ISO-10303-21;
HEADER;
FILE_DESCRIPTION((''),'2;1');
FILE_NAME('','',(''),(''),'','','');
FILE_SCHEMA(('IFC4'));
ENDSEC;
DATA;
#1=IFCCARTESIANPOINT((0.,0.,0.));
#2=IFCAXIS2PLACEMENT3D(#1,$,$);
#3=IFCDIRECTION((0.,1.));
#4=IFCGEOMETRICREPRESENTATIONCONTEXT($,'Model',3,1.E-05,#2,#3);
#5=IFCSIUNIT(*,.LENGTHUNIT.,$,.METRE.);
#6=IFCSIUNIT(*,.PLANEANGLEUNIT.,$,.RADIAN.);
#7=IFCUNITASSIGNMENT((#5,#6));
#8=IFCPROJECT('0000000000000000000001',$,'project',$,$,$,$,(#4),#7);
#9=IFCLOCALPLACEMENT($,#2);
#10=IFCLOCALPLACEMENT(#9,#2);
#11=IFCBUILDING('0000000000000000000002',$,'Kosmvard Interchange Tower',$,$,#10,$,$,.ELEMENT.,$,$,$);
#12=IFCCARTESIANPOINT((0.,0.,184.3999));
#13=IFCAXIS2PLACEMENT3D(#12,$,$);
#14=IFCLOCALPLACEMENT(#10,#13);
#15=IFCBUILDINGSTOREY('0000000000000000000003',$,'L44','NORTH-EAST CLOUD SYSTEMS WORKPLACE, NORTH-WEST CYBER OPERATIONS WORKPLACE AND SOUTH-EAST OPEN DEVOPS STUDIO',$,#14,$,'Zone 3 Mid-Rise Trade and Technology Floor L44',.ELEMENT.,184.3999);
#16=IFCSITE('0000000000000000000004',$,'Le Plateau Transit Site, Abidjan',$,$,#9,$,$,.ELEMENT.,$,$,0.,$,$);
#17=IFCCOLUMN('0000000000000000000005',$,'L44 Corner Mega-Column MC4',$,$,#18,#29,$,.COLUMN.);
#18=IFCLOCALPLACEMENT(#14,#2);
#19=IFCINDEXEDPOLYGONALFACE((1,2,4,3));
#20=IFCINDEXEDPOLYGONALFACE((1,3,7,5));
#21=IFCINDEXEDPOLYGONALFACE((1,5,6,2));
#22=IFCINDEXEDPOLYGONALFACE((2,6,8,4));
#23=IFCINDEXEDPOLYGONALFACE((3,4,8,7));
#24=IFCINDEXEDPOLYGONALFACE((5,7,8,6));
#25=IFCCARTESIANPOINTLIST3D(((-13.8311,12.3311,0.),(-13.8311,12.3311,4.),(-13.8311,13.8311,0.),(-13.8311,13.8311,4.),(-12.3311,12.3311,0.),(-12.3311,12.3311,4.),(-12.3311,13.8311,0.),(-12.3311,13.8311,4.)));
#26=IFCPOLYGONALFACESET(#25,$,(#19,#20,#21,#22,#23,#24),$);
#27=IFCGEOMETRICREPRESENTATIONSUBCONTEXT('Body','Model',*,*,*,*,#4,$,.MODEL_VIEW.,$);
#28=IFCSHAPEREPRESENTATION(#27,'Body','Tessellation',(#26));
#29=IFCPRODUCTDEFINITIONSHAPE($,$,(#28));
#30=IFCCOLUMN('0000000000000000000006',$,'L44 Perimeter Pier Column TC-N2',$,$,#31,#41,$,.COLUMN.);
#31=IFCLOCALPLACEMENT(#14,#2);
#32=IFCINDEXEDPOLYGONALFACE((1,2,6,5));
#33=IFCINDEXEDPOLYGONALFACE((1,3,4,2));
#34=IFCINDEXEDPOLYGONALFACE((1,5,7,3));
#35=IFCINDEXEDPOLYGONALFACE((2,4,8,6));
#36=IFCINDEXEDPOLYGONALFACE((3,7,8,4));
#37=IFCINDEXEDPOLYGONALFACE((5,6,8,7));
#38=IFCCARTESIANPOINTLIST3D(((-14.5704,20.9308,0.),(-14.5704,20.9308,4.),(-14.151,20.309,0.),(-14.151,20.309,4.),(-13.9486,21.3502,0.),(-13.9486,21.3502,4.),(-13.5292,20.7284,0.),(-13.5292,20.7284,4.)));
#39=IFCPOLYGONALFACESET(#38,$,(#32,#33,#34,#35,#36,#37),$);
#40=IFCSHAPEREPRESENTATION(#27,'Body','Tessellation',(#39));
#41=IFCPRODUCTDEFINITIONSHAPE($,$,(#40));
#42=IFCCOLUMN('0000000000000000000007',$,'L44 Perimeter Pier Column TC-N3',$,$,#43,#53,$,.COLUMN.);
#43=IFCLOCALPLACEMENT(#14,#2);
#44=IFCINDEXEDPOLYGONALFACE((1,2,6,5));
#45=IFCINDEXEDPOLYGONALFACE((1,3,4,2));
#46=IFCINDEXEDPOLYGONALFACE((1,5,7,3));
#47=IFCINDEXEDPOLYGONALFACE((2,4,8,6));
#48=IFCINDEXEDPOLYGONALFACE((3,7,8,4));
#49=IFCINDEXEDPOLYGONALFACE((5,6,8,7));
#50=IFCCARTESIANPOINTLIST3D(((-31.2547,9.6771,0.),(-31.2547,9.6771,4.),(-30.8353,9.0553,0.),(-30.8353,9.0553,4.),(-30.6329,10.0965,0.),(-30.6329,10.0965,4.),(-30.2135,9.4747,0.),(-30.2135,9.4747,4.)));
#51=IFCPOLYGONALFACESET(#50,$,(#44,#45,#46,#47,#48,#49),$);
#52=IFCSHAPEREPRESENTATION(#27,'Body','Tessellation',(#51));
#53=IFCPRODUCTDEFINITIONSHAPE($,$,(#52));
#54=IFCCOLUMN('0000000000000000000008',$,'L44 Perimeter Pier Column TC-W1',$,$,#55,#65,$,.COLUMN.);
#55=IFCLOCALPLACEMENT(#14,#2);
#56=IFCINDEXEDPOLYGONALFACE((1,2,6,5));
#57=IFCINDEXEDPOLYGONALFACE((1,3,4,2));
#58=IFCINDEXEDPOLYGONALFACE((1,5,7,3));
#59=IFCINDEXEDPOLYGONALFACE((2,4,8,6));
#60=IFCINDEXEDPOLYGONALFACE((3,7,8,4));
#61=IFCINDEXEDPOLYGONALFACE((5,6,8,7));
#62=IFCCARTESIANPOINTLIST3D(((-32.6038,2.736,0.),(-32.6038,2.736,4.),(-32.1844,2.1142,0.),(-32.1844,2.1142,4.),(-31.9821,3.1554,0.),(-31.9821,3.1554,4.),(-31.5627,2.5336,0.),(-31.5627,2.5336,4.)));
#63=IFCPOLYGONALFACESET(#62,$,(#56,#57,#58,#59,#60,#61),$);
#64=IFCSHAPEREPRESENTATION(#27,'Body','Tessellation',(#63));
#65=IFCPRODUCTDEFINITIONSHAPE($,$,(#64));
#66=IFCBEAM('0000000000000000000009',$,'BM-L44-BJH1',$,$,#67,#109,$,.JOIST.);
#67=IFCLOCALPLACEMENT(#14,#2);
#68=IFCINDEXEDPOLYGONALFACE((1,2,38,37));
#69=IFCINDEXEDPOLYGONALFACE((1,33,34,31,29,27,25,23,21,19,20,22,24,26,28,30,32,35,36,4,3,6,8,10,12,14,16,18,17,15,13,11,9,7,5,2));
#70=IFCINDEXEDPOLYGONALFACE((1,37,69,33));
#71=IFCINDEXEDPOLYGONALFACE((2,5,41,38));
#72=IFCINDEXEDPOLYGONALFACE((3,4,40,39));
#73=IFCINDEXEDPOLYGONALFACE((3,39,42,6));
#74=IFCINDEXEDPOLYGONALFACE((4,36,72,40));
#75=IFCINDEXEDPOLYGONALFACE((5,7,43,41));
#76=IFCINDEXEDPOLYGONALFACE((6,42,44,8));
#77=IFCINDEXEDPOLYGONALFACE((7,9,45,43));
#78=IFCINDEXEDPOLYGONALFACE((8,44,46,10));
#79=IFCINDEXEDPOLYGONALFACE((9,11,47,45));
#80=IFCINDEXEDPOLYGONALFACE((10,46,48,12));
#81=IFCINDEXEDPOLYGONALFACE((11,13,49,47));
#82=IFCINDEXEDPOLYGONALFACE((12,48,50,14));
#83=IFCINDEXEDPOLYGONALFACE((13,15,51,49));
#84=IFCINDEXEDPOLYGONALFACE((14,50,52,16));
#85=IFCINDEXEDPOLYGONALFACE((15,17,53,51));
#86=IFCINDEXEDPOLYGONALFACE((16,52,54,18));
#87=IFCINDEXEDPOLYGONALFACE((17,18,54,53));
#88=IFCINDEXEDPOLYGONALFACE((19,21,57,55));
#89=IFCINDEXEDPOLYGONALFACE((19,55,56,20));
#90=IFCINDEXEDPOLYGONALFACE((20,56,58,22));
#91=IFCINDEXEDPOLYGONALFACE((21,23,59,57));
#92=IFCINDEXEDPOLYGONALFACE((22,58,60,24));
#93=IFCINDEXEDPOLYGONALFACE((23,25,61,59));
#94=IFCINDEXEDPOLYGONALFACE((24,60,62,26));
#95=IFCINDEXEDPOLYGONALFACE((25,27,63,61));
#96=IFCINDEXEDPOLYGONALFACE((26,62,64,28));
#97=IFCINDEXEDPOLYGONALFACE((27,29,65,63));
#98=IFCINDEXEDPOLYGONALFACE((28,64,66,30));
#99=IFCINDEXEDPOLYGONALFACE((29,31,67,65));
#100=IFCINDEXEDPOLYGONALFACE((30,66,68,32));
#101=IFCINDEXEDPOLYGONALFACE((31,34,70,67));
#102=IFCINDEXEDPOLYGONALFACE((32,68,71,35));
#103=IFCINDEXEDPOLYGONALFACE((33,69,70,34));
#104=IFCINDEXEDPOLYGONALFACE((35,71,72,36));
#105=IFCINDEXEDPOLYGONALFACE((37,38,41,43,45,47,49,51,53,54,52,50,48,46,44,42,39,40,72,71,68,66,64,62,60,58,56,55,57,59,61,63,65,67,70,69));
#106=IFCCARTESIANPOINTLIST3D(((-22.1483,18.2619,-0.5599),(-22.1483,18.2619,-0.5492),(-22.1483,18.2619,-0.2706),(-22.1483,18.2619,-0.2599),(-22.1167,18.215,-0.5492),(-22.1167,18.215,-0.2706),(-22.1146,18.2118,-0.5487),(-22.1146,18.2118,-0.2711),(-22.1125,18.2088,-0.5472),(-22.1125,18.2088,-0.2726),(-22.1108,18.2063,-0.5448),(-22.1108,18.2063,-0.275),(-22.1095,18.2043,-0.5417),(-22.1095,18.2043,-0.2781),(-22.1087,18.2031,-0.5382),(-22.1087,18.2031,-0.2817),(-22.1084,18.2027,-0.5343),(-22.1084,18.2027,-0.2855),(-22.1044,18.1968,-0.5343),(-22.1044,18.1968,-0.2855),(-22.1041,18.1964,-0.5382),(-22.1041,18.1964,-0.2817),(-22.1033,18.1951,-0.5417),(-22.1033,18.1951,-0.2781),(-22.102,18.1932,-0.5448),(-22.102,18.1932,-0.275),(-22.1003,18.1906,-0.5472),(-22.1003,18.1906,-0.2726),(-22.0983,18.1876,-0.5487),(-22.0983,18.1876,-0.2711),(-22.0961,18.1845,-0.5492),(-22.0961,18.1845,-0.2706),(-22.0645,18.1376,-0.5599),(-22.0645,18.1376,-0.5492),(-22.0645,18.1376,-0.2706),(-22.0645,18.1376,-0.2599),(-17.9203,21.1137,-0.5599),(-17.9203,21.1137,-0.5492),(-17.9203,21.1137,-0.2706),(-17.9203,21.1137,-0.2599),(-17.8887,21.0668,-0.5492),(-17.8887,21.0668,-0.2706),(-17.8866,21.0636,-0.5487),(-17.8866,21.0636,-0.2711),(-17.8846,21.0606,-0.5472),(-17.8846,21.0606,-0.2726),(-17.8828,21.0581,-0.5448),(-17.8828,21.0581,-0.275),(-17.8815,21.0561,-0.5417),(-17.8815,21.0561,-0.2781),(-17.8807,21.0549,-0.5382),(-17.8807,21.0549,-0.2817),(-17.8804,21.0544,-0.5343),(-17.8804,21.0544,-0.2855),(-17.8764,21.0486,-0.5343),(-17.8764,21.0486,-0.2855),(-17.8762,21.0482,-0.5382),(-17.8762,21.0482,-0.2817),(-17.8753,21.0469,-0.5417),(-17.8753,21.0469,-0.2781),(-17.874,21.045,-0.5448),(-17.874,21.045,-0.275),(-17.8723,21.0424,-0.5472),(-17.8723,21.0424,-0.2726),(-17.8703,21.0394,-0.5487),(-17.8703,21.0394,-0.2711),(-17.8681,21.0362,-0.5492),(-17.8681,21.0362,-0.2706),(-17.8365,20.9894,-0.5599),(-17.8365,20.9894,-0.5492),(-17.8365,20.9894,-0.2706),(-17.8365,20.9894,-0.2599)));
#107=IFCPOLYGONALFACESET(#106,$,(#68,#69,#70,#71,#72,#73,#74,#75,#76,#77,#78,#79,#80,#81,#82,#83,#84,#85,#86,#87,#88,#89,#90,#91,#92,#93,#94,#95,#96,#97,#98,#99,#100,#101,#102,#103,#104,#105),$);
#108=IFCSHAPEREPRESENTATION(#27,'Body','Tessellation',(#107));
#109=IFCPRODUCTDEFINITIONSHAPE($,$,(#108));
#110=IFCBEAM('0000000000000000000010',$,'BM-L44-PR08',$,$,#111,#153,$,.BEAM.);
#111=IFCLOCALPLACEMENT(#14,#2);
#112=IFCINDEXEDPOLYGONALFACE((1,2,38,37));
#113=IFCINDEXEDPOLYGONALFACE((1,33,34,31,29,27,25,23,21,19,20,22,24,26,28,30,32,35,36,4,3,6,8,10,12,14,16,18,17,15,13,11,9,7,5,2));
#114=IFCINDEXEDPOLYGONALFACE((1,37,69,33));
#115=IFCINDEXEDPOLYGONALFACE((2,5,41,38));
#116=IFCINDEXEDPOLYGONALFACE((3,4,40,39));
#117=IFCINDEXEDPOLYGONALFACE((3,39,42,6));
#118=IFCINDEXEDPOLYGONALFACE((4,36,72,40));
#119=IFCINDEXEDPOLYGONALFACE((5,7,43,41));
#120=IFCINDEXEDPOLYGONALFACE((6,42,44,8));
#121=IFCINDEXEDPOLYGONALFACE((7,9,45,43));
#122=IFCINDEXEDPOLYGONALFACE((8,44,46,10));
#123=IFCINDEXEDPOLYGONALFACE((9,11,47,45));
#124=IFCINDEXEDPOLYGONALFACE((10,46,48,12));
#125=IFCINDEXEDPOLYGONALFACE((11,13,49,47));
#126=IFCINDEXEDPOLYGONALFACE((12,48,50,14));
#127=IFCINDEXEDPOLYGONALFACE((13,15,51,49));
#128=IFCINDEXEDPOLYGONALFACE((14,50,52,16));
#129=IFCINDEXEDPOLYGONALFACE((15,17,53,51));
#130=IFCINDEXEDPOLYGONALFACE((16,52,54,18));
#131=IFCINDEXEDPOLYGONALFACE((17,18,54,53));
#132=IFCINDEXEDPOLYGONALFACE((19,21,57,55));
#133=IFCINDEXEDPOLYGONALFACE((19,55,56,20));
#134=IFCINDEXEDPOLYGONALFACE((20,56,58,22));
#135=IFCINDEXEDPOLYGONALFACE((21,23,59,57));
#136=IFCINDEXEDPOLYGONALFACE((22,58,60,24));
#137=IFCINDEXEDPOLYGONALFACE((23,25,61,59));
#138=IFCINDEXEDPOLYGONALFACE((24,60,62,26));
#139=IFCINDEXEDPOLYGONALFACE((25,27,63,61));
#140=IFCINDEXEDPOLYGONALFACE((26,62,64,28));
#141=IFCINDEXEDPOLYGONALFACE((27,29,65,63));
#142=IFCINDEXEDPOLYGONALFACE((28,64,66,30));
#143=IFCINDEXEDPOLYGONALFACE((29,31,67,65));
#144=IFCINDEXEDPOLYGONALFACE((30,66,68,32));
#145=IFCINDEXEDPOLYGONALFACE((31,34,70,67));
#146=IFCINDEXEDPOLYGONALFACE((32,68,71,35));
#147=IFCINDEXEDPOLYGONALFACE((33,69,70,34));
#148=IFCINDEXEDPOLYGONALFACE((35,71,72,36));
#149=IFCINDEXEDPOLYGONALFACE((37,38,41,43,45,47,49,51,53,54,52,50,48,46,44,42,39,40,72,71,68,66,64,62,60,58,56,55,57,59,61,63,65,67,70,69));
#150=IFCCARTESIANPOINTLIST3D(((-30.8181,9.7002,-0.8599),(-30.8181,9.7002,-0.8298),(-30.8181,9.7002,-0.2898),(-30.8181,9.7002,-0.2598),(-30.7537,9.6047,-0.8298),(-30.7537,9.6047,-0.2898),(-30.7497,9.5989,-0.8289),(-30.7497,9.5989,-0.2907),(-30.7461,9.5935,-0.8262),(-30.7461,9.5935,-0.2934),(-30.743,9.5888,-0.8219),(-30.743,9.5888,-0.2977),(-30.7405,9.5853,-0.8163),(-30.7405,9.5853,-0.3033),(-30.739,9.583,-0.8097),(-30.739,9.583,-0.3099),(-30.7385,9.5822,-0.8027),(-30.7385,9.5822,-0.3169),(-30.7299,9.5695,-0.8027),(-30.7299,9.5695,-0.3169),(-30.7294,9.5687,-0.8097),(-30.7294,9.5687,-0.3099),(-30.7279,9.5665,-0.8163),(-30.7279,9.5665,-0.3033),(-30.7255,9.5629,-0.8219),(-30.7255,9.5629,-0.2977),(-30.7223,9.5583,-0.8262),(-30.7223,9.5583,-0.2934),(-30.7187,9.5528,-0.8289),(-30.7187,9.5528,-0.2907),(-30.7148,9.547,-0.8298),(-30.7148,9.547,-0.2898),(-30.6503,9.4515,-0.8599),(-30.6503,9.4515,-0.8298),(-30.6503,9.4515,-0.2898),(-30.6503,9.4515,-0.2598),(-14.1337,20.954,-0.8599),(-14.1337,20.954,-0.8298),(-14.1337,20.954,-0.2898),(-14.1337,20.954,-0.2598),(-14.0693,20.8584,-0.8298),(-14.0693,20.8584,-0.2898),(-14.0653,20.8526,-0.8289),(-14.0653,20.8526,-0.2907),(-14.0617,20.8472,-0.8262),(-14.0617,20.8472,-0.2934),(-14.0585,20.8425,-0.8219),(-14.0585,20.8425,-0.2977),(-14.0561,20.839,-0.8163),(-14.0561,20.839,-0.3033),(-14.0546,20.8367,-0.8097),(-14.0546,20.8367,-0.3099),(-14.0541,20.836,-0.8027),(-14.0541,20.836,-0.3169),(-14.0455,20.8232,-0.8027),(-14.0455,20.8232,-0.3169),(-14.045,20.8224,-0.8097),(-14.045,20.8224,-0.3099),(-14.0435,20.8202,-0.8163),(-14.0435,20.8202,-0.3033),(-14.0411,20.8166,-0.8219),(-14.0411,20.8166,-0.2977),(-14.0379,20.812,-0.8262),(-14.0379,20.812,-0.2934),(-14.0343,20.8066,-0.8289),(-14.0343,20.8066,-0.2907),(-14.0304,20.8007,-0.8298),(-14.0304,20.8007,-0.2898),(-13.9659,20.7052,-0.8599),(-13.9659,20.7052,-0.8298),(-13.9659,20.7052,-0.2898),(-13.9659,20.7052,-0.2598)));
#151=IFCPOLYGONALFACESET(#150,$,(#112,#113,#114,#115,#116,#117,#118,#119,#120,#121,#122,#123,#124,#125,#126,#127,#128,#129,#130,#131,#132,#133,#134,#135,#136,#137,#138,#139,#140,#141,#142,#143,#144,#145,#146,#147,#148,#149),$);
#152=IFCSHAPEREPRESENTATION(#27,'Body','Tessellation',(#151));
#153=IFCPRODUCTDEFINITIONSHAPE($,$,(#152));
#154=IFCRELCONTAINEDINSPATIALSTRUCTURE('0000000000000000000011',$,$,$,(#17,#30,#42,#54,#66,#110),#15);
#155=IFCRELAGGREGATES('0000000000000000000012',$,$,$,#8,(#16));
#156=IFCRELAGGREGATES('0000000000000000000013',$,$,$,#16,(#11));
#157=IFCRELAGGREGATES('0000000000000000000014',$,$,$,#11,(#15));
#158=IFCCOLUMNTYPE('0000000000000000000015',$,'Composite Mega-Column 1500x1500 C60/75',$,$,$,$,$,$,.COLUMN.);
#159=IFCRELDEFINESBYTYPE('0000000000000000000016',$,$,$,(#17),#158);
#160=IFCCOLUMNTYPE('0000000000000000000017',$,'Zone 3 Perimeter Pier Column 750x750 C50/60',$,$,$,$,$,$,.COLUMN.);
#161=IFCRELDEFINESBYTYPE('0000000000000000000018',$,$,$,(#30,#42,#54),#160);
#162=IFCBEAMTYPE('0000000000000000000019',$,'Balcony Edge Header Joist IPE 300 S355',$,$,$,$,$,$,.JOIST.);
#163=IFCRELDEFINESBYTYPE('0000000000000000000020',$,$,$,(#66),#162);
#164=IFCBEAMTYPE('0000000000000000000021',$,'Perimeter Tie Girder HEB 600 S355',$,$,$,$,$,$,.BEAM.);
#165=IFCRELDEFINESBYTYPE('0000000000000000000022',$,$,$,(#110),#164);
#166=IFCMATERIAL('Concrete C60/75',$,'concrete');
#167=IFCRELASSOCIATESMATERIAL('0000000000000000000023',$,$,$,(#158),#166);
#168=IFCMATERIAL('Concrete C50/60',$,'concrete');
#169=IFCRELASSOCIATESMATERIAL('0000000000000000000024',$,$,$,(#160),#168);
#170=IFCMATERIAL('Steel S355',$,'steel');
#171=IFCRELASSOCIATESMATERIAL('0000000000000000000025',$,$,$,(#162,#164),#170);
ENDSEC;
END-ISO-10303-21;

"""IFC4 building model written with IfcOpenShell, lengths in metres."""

from ifc_helpers import new_model, si_unit, direction, frame, origin, origin_2d, place, context, subcontext, project, spatial, rectangle, i_section, extrude, source, transform, mapped, material, material_profile, profile_set, type_object, element, save


model = new_model("IFC4")

# Units and contexts
model_context = context("Model", 3, precision=1e-05, world=origin(), true_north=direction((0.0, 1.0)))
body_context = subcontext(model_context, "Body", "Model", "MODEL_VIEW")
ifc_project = project(units=[si_unit("LENGTHUNIT", "METRE"), si_unit("PLANEANGLEUNIT", "RADIAN")], contexts=[model_context])

# Site, building, storey
site_placement = place(None, origin())
site = spatial("IfcSite", under=ifc_project, at=site_placement, Name="Le Plateau Transit Site, Abidjan", CompositionType="ELEMENT", RefElevation=0.0)
building_placement = place(site_placement, origin())
building = spatial("IfcBuilding", under=site, at=building_placement, Name="Kosmvard Interchange Tower", CompositionType="ELEMENT")
storey_placement = place(building_placement, frame((0.0, 0.0, 184.3999)))
storey = spatial("IfcBuildingStorey", under=building, at=storey_placement, Name="L44", Description="NORTH-EAST CLOUD SYSTEMS WORKPLACE, NORTH-WEST CYBER OPERATIONS WORKPLACE AND SOUTH-EAST OPEN DEVOPS STUDIO", LongName="Zone 3 Mid-Rise Trade and Technology Floor L44", CompositionType="ELEMENT", Elevation=184.3999)

# Columns
ifc_material_1 = material(Name="Concrete C60/75", Category="concrete")
ifc_material_profile_1 = material_profile(ifc_material_1, rectangle(XDim=1.5, YDim=1.5, at=origin_2d()), Name="MC 1500x1500")
ifc_profile_set_1 = profile_set([ifc_material_profile_1], Name="Concrete C60/75")
column_type_1 = type_object("IfcColumnType", Name="Composite Mega-Column 1500x1500 C60/75", PredefinedType="COLUMN", material=ifc_profile_set_1)
shared_shape_1 = source(origin(), body_context, "Body", "SweptSolid", [
    extrude(rectangle(XDim=1.5, YDim=1.5, at=origin_2d()), origin(), (0.0, 0.0, 1.0), 4.0),
])
column_placement = place(storey_placement, frame((-13.0811, 13.0811, 0.0), z_axis=(0.0, 0.0, 1.0), x_axis=(1.0, 0.0, 0.0)))
element("IfcColumn", 1, at=column_placement, inside=storey, type_object=column_type_1, Name="L44 Corner Mega-Column MC4", PredefinedType="COLUMN", context=body_context, shape_type="MappedRepresentation", body=[
    mapped(shared_shape_1, transform((0.0, 0.0, 0.0), scale=1.0)),
])
ifc_material_2 = material(Name="Concrete C50/60", Category="concrete")
ifc_material_profile_2 = material_profile(ifc_material_2, rectangle(XDim=0.75, YDim=0.75, at=origin_2d()), Name="TC 750x750")
ifc_profile_set_2 = profile_set([ifc_material_profile_2], Name="Concrete C50/60")
column_type_2 = type_object("IfcColumnType", Name="Zone 3 Perimeter Pier Column 750x750 C50/60", PredefinedType="COLUMN", material=ifc_profile_set_2)
shared_shape_2 = source(origin(), body_context, "Body", "SweptSolid", [
    extrude(rectangle(XDim=0.75, YDim=0.75, at=origin_2d()), origin(), (0.0, 0.0, 1.0), 4.0),
])
for number, where, z_axis, x_axis, name in (
    (2, (-14.0498, 20.8296, 0.0), (0.0, 0.0, 1.0), (0.829038, 0.559193, 0.0), "L44 Perimeter Pier Column TC-N2"),
    (3, (-30.7341, 9.5759, 0.0), (0.0, 0.0, 1.0), (0.829038, 0.559193, 0.0), "L44 Perimeter Pier Column TC-N3"),
    (4, (-32.0833, 2.6348, 0.0), (0.0, 0.0, 1.0), (0.829038, 0.559193, 0.0), "L44 Perimeter Pier Column TC-W1"),
):
    element("IfcColumn", number, at=place(storey_placement, frame(where, z_axis=z_axis, x_axis=x_axis)), inside=storey, type_object=column_type_2, Name=name, PredefinedType="COLUMN", context=body_context, shape_type="MappedRepresentation", body=[
        mapped(shared_shape_2, transform((0.0, 0.0, 0.0), scale=1.0)),
    ])

# Beams
ifc_material_3 = material(Name="Steel S355", Category="steel")
ifc_material_profile_3 = material_profile(ifc_material_3, i_section(OverallWidth=0.1499, OverallDepth=0.3, WebThickness=0.0071, FlangeThickness=0.0107, FilletRadius=0.0149, at=origin_2d()), Name="IPE 300")
ifc_profile_set_3 = profile_set([ifc_material_profile_3], Name="Steel S355")
beam_type_1 = type_object("IfcBeamType", Name="Balcony Edge Header Joist IPE 300 S355", PredefinedType="JOIST", material=ifc_profile_set_3)
shared_shape_3 = source(origin(), body_context, "Body", "SweptSolid", [
    extrude(i_section(OverallWidth=0.1499, OverallDepth=0.3, WebThickness=0.0071, FlangeThickness=0.0107, FilletRadius=0.0149, at=origin_2d()), origin(), (0.0, 0.0, 1.0), 5.0999),
])
beam_1_placement = place(storey_placement, frame((-17.8784, 21.0515, -0.4099), z_axis=(-0.829041, -0.559188, 0.0), x_axis=(0.559188, -0.829041, 0.0)))
element("IfcBeam", 5, at=beam_1_placement, inside=storey, type_object=beam_type_1, Name="BM-L44-BJH1", PredefinedType="JOIST", context=body_context, shape_type="MappedRepresentation", body=[
    mapped(shared_shape_3, transform((0.0, 0.0, 0.0), scale=1.0)),
])
ifc_material_profile_4 = material_profile(ifc_material_3, i_section(OverallWidth=0.3, OverallDepth=0.6001, WebThickness=0.0154, FlangeThickness=0.03, FilletRadius=0.0271, at=origin_2d()), Name="HEB 600")
ifc_profile_set_4 = profile_set([ifc_material_profile_4], Name="Steel S355")
beam_type_2 = type_object("IfcBeamType", Name="Perimeter Tie Girder HEB 600 S355", PredefinedType="BEAM", material=ifc_profile_set_4)
shared_shape_4 = source(origin(), body_context, "Body", "SweptSolid", [
    extrude(i_section(OverallWidth=0.3, OverallDepth=0.6001, WebThickness=0.0154, FlangeThickness=0.03, FilletRadius=0.0271, at=origin_2d()), origin(), (0.0, 0.0, 1.0), 20.125),
])
for number, where, z_axis, x_axis, name in (
    (6, (-14.0498, 20.8296, -0.5598), (-0.829039, -0.559191, 0.0), (0.559191, -0.829039, 0.0), "BM-L44-PR08"),
):
    element("IfcBeam", number, at=place(storey_placement, frame(where, z_axis=z_axis, x_axis=x_axis)), inside=storey, type_object=beam_type_2, Name=name, PredefinedType="BEAM", context=body_context, shape_type="MappedRepresentation", body=[
        mapped(shared_shape_4, transform((0.0, 0.0, 0.0), scale=1.0)),
    ])

save(model, "model.ifc")
